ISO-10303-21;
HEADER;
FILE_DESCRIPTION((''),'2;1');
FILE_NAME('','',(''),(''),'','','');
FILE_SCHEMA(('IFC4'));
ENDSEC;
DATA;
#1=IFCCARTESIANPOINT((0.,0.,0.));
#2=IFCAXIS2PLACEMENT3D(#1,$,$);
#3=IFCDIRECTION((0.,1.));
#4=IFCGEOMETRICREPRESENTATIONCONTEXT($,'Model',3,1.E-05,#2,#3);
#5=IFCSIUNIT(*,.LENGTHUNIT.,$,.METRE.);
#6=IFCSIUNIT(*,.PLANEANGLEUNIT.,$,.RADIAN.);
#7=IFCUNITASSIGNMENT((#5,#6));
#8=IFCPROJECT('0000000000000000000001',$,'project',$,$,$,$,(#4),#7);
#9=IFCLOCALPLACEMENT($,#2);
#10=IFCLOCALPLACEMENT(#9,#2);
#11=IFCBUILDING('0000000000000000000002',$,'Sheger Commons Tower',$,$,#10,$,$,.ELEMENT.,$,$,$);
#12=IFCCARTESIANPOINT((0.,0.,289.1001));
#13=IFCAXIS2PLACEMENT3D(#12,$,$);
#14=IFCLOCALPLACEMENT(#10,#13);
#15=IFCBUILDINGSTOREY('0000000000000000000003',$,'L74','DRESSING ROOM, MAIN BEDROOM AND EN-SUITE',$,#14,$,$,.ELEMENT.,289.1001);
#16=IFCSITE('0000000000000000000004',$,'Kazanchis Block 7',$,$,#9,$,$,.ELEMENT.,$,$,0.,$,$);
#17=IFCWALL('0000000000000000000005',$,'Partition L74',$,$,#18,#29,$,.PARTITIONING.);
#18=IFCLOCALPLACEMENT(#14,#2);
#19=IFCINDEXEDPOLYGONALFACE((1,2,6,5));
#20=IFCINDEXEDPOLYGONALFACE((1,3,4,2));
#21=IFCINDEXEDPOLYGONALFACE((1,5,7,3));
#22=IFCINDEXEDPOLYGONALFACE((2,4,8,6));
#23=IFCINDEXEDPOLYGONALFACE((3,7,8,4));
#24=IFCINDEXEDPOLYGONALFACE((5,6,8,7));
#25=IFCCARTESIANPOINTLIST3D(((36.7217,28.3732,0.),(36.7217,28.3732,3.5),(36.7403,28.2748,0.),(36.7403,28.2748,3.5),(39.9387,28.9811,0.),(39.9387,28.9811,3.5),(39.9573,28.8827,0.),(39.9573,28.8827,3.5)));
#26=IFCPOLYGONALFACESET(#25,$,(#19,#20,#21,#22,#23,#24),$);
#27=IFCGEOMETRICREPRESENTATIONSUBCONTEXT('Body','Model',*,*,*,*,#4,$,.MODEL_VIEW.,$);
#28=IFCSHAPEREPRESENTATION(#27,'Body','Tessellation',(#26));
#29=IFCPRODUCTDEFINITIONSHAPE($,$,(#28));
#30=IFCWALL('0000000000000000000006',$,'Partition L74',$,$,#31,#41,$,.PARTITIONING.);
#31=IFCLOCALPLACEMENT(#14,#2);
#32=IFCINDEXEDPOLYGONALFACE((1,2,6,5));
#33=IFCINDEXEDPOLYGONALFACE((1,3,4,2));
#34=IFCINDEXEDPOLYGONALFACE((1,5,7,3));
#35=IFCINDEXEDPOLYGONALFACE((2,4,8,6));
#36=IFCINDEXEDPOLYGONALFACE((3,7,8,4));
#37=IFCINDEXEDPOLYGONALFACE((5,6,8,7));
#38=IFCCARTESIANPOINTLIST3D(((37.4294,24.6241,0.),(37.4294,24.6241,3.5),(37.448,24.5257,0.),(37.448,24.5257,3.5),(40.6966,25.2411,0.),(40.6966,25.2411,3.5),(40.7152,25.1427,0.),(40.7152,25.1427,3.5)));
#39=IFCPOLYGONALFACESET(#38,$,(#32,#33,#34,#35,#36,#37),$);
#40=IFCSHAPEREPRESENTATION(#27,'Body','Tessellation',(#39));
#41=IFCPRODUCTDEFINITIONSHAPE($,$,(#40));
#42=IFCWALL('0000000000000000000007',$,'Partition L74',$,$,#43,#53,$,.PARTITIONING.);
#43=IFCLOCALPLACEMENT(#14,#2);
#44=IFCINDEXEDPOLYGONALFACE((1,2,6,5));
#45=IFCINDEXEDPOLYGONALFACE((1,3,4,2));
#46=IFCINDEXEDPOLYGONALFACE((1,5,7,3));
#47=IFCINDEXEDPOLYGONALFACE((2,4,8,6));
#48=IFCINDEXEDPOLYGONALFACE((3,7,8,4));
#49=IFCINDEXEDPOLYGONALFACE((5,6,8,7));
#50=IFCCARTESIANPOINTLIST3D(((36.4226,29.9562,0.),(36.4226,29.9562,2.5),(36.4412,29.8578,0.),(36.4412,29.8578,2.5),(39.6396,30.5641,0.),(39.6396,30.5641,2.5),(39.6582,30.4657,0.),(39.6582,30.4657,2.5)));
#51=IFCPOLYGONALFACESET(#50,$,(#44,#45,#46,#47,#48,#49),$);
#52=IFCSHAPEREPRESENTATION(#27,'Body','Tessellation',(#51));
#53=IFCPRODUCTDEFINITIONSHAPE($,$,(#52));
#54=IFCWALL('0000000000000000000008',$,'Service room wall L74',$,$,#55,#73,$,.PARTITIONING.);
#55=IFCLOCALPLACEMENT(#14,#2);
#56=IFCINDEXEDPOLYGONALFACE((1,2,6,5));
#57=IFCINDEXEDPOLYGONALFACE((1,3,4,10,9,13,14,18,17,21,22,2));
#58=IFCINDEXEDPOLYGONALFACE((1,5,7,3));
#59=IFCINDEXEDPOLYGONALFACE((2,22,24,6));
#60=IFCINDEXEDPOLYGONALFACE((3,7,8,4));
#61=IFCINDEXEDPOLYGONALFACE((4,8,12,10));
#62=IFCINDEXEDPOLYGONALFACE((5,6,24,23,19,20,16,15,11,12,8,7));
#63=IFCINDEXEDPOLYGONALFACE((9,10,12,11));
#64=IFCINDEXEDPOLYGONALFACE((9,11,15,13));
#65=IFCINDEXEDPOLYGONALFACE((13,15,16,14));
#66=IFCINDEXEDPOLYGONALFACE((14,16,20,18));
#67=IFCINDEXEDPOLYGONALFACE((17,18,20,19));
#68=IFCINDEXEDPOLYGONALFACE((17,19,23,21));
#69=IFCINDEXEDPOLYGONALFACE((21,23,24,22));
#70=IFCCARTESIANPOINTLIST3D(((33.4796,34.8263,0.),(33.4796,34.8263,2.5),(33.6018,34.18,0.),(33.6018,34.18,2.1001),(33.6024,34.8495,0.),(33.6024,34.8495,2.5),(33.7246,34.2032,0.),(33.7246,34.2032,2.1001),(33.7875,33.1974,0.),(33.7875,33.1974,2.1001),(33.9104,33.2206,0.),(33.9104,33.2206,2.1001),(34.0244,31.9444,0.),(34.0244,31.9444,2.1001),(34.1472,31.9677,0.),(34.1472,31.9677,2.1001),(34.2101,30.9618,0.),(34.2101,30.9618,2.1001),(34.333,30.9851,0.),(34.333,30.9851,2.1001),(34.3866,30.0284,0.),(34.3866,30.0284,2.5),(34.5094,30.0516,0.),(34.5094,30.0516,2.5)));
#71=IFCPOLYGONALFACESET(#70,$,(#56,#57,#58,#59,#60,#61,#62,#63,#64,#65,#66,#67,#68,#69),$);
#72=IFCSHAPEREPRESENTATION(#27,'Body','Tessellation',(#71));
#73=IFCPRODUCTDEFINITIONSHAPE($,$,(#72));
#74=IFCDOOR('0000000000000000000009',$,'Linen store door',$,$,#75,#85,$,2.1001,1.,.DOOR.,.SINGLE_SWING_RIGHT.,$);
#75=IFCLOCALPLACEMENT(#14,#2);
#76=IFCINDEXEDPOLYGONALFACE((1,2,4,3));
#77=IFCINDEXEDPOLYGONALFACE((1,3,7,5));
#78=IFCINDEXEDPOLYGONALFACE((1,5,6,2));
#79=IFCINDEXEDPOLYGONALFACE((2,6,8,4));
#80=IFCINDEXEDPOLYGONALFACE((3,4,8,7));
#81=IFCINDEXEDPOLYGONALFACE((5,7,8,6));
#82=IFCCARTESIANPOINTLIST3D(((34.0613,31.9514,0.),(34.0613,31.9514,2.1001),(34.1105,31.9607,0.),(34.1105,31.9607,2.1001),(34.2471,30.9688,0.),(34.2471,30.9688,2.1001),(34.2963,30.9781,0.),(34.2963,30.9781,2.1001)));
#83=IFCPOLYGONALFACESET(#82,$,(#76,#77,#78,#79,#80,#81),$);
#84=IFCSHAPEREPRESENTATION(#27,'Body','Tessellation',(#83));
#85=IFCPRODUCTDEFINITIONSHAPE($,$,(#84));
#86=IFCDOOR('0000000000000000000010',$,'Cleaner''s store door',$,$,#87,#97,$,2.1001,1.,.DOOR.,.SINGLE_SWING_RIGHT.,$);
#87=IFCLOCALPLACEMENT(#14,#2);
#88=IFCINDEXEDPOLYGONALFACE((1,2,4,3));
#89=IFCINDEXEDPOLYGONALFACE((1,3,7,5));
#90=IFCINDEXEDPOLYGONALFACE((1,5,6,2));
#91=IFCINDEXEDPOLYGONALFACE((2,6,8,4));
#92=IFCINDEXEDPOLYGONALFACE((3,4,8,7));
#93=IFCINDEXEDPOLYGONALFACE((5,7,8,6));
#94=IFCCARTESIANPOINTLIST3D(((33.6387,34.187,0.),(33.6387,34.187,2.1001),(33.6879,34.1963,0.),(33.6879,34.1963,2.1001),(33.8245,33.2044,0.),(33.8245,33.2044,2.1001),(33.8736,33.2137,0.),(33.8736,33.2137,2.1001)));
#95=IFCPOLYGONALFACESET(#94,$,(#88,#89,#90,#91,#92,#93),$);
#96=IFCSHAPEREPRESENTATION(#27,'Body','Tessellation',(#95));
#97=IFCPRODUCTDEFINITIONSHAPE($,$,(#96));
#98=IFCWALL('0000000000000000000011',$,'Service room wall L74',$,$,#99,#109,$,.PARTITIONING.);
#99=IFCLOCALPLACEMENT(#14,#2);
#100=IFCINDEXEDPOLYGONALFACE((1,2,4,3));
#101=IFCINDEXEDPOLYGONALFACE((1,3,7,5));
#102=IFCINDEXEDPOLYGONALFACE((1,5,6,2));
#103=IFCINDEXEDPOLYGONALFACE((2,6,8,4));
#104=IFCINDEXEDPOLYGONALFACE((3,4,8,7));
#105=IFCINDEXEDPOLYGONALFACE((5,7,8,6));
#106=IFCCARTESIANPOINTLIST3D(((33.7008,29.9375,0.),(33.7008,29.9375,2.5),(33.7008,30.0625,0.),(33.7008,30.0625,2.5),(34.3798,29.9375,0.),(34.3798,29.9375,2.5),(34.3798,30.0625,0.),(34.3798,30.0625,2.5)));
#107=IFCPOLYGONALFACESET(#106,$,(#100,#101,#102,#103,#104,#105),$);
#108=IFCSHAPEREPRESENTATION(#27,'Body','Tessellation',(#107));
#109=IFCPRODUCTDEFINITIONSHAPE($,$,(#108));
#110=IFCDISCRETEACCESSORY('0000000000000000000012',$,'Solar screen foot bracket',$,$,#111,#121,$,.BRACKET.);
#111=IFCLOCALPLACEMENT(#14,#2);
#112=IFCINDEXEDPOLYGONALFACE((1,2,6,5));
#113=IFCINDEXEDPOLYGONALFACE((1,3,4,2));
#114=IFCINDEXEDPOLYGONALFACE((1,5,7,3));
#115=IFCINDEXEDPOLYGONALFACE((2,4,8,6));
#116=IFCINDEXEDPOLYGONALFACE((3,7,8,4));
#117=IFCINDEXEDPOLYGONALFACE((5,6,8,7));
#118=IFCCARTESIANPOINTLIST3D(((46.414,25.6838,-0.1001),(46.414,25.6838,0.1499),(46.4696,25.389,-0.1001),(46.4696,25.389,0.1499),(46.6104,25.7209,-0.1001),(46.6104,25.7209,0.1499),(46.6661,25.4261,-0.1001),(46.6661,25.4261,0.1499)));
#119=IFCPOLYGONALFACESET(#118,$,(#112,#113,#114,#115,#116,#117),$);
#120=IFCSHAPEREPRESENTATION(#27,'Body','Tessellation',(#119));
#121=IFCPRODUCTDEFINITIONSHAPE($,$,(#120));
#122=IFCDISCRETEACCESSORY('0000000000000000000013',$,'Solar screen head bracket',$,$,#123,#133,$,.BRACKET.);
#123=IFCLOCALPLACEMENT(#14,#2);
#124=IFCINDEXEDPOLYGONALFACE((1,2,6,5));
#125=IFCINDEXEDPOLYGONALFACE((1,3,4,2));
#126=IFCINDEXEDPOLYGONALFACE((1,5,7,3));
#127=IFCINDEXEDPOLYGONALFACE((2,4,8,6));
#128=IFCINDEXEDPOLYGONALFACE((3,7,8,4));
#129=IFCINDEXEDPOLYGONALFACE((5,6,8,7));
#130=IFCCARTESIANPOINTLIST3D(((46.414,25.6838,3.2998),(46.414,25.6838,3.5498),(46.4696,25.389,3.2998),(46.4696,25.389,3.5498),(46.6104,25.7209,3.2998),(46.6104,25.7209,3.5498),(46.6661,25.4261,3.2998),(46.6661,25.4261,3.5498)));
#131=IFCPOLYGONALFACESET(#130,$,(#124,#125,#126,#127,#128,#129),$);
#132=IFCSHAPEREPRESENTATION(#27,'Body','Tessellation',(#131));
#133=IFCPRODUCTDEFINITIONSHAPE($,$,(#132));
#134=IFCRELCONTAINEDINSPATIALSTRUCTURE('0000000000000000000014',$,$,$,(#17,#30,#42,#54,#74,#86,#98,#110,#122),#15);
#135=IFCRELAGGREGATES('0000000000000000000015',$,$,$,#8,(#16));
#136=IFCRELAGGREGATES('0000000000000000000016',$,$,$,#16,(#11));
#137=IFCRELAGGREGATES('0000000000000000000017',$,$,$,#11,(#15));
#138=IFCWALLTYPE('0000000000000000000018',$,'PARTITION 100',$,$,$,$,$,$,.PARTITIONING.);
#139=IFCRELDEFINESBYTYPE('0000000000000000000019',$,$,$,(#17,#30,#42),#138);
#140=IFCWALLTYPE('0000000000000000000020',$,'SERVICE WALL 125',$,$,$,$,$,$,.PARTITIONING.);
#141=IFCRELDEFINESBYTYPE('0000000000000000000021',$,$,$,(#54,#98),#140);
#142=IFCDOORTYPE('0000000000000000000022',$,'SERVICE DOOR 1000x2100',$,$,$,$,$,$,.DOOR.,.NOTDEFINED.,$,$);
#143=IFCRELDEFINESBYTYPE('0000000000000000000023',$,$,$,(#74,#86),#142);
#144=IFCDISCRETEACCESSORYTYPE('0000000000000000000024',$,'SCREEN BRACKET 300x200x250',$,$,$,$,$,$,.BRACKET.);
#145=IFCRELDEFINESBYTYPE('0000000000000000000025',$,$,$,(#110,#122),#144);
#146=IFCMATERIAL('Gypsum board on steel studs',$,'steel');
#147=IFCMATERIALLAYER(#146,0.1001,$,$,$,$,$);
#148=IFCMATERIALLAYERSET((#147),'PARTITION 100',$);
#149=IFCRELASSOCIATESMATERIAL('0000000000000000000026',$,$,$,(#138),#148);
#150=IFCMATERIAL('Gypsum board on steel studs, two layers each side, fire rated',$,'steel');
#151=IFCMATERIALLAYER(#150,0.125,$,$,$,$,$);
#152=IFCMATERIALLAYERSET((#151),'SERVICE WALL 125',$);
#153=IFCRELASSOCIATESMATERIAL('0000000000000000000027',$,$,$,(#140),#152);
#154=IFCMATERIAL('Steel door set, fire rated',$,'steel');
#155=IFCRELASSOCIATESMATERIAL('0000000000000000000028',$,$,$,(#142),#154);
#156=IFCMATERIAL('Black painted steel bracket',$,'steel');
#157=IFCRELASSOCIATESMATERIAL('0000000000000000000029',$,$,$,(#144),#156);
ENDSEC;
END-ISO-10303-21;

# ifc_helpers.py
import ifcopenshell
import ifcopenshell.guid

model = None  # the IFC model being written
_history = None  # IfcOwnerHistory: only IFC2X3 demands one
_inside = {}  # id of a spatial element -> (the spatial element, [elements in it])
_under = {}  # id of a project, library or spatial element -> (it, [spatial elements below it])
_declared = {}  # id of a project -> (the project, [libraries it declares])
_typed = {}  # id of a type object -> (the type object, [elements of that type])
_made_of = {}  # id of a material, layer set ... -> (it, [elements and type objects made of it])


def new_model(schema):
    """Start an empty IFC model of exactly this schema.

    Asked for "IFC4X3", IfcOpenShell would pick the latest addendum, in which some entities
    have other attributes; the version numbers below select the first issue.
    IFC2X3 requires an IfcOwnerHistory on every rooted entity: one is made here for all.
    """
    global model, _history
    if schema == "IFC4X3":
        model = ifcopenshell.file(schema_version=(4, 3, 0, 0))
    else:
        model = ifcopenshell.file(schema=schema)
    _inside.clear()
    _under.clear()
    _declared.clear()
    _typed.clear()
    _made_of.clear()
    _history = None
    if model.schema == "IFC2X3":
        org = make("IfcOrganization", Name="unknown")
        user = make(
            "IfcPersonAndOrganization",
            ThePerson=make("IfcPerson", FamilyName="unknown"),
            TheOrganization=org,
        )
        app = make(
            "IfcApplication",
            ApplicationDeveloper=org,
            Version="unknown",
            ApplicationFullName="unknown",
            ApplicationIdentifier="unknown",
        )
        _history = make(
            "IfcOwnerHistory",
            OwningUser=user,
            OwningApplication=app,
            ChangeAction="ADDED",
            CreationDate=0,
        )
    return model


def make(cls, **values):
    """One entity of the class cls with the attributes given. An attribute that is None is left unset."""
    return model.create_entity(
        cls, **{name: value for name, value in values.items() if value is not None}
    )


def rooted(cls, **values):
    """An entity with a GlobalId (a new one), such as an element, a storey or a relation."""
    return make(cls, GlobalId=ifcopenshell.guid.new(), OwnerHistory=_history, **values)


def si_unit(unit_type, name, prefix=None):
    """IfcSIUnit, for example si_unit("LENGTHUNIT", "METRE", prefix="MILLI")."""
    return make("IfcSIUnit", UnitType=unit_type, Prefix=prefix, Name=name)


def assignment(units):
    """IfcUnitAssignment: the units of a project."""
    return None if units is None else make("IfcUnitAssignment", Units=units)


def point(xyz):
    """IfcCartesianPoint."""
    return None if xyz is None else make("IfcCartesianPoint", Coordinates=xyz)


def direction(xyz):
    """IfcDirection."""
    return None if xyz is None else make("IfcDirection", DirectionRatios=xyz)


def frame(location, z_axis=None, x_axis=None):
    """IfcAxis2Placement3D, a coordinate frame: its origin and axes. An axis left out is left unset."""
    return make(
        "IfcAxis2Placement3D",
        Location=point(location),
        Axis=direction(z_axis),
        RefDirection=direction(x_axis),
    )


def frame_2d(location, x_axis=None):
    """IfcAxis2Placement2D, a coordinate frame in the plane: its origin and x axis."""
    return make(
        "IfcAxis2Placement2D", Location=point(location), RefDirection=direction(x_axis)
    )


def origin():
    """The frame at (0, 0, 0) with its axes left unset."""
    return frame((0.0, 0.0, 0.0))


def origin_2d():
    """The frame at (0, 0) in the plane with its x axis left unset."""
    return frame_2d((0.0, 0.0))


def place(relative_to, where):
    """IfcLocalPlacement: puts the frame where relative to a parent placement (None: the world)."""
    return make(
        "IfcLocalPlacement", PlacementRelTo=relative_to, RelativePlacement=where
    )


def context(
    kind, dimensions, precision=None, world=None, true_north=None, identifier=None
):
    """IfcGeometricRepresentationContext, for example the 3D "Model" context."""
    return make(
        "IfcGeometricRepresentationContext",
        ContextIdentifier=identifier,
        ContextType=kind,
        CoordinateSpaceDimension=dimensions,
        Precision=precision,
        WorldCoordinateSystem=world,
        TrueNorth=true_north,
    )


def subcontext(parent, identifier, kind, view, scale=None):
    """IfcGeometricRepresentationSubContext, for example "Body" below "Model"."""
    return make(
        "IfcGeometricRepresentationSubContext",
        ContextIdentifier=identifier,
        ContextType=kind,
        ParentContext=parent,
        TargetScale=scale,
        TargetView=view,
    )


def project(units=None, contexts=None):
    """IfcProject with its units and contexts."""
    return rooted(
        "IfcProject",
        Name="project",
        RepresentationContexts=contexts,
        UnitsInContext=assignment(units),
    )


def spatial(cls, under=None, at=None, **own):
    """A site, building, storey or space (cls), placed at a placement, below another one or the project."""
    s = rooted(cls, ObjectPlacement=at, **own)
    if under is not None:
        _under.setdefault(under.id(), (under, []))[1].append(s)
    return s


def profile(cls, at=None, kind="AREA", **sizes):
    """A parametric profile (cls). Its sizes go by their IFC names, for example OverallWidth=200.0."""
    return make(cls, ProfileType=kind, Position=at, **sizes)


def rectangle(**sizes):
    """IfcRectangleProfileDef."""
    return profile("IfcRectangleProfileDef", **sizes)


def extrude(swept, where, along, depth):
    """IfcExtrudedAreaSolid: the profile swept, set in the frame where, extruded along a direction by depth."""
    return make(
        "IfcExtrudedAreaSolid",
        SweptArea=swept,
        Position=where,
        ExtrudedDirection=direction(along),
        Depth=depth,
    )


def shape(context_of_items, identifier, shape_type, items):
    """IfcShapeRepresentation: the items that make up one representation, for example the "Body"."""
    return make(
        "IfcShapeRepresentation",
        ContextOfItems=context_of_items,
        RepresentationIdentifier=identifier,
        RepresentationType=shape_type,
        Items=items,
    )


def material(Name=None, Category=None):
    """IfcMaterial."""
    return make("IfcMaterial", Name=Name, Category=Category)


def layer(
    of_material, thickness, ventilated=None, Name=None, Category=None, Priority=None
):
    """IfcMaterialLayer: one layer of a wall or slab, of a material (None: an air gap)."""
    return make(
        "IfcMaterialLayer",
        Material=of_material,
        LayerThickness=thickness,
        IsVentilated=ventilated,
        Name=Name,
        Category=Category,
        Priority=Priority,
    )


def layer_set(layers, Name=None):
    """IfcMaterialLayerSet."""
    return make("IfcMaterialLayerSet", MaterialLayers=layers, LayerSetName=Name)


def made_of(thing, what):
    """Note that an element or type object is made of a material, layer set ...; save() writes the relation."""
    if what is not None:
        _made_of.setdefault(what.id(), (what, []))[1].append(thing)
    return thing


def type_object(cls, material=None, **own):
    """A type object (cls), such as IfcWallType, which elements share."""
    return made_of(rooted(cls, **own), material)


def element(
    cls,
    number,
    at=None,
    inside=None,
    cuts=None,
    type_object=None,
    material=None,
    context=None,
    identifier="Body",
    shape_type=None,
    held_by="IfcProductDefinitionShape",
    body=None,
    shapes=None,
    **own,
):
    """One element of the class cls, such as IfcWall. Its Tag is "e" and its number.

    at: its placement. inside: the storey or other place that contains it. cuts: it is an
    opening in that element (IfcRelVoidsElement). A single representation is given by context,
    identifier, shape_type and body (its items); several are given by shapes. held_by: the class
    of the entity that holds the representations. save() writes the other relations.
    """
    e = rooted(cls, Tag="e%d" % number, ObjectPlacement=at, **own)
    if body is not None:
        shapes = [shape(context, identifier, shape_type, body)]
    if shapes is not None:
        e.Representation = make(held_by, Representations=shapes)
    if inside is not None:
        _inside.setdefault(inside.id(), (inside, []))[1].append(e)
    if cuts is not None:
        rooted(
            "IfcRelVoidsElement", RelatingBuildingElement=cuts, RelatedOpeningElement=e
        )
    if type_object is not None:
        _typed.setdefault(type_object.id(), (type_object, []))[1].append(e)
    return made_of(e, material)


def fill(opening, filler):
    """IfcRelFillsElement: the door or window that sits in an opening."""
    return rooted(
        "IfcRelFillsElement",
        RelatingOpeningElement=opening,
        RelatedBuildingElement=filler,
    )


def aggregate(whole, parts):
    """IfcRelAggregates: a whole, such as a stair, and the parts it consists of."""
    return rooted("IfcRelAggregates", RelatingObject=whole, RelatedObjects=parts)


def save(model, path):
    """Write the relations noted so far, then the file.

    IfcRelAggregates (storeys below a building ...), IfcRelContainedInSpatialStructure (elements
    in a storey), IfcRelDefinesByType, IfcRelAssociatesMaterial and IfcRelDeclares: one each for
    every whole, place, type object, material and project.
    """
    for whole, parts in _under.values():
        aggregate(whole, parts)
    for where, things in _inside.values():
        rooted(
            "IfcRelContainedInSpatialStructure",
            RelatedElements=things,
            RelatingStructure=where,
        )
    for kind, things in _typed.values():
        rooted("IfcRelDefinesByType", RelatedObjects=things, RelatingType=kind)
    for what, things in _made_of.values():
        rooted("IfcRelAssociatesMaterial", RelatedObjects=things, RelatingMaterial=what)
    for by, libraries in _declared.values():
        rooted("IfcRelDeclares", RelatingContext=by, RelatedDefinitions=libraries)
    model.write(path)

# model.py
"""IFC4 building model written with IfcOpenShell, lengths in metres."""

from ifc_helpers import new_model, si_unit, direction, frame, frame_2d, origin, origin_2d, place, context, subcontext, project, spatial, rectangle, extrude, material, layer, layer_set, type_object, element, fill, save


model = new_model("IFC4")

# Units and contexts
model_context = context("Model", 3, precision=1e-05, world=origin(), true_north=direction((0.0, 1.0)))
body_context = subcontext(model_context, "Body", "Model", "MODEL_VIEW")
ifc_project = project(units=[si_unit("LENGTHUNIT", "METRE"), si_unit("PLANEANGLEUNIT", "RADIAN")], contexts=[model_context])

# Site, building, storey
site_placement = place(None, origin())
site = spatial("IfcSite", under=ifc_project, at=site_placement, Name="Kazanchis Block 7", CompositionType="ELEMENT", RefElevation=0.0)
building_placement = place(site_placement, origin())
building = spatial("IfcBuilding", under=site, at=building_placement, Name="Sheger Commons Tower", CompositionType="ELEMENT")
storey_placement = place(building_placement, frame((0.0, 0.0, 289.1001)))
storey = spatial("IfcBuildingStorey", under=building, at=storey_placement, Name="L74", Description="DRESSING ROOM, MAIN BEDROOM AND EN-SUITE", CompositionType="ELEMENT", Elevation=289.1001)

# Walls
ifc_material_1 = material(Name="Gypsum board on steel studs", Category="steel")
ifc_layer_1 = layer(ifc_material_1, 0.1001)
ifc_layer_set_1 = layer_set([ifc_layer_1], Name="PARTITION 100")
wall_type_1 = type_object("IfcWallType", Name="PARTITION 100", PredefinedType="PARTITIONING", material=ifc_layer_set_1)
wall_1_placement = place(storey_placement, frame((39.948, 28.9319, 0.0), z_axis=(0.0, 0.0, 1.0), x_axis=(-0.98261, -0.18568, 0.0)))
element("IfcWall", 1, at=wall_1_placement, inside=storey, type_object=wall_type_1, Name="Partition L74", PredefinedType="PARTITIONING", context=body_context, shape_type="SweptSolid", body=[
    extrude(rectangle(XDim=3.2739, YDim=0.1001, at=frame_2d((1.637, 0.0))), origin(), (0.0, 0.0, 1.0), 3.5),
])
wall_2_placement = place(storey_placement, frame((40.7061, 25.1919, 0.0), z_axis=(0.0, 0.0, 1.0), x_axis=(-0.982634, -0.185556, 0.0)))
element("IfcWall", 2, at=wall_2_placement, inside=storey, type_object=wall_type_1, Name="Partition L74", PredefinedType="PARTITIONING", context=body_context, shape_type="SweptSolid", body=[
    extrude(rectangle(XDim=3.325, YDim=0.1001, at=frame_2d((1.6626, 0.0))), origin(), (0.0, 0.0, 1.0), 3.5),
])
wall_3_placement = place(storey_placement, frame((39.6489, 30.5149, 0.0), z_axis=(0.0, 0.0, 1.0), x_axis=(-0.98261, -0.18568, 0.0)))
element("IfcWall", 3, at=wall_3_placement, inside=storey, type_object=wall_type_1, Name="Partition L74", PredefinedType="PARTITIONING", context=body_context, shape_type="SweptSolid", body=[
    extrude(rectangle(XDim=3.2739, YDim=0.1001, at=frame_2d((1.637, 0.0))), origin(), (0.0, 0.0, 1.0), 2.5),
])

# Wall, openings, doors
ifc_material_2 = material(Name="Gypsum board on steel studs, two layers each side, fire rated", Category="steel")
ifc_layer_2 = layer(ifc_material_2, 0.125)
ifc_layer_set_2 = layer_set([ifc_layer_2], Name="SERVICE WALL 125")
wall_type_2 = type_object("IfcWallType", Name="SERVICE WALL 125", PredefinedType="PARTITIONING", material=ifc_layer_set_2)
wall_4_placement = place(storey_placement, frame((34.448, 30.04, 0.0), z_axis=(0.0, 0.0, 1.0), x_axis=(-0.185749, 0.982597, 0.0)))
wall_4 = element("IfcWall", 4, at=wall_4_placement, inside=storey, type_object=wall_type_2, Name="Service room wall L74", PredefinedType="PARTITIONING", context=body_context, shape_type="SweptSolid", body=[
    extrude(rectangle(XDim=4.8828, YDim=0.125, at=frame_2d((2.4414, 0.0))), origin(), (0.0, 0.0, 1.0), 2.5),
])
opening_1_placement = place(wall_4_placement, frame((0.95, 0.0, 0.0)))
opening_1 = element("IfcOpeningElement", 5, at=opening_1_placement, cuts=wall_4, PredefinedType="OPENING", context=body_context, shape_type="SweptSolid", body=[
    extrude(rectangle(XDim=1.0, YDim=2.1001, at=frame_2d((0.5, 1.05))), frame((0.0, 0.0725, 0.0), z_axis=(0.0, -1.0, 0.0), x_axis=(1.0, 0.0, 0.0)), (0.0, 0.0, 1.0), 0.145),
])
opening_2_placement = place(wall_4_placement, frame((3.2251, 0.0, 0.0)))
opening_2 = element("IfcOpeningElement", 6, at=opening_2_placement, cuts=wall_4, PredefinedType="OPENING", context=body_context, shape_type="SweptSolid", body=[
    extrude(rectangle(XDim=1.0, YDim=2.1001, at=frame_2d((0.5, 1.05))), frame((0.0, 0.0725, 0.0), z_axis=(0.0, -1.0, 0.0), x_axis=(1.0, 0.0, 0.0)), (0.0, 0.0, 1.0), 0.145),
])
ifc_material_3 = material(Name="Steel door set, fire rated", Category="steel")
door_type = type_object("IfcDoorType", Name="SERVICE DOOR 1000x2100", OperationType="NOTDEFINED", PredefinedType="DOOR", material=ifc_material_3)
door_1_placement = place(opening_1_placement, origin())
door_1 = element("IfcDoor", 7, at=door_1_placement, inside=storey, type_object=door_type, Name="Linen store door", OperationType="SINGLE_SWING_RIGHT", OverallHeight=2.1001, OverallWidth=1.0, PredefinedType="DOOR", context=body_context, shape_type="SweptSolid", body=[
    extrude(rectangle(XDim=1.0, YDim=2.1001, at=frame_2d((0.5, 1.05))), frame((0.0, 0.0249, 0.0), z_axis=(0.0, -1.0, 0.0), x_axis=(1.0, 0.0, 0.0)), (0.0, 0.0, 1.0), 0.05),
])
fill(opening_1, door_1)
door_2_placement = place(opening_2_placement, origin())
door_2 = element("IfcDoor", 8, at=door_2_placement, inside=storey, type_object=door_type, Name="Cleaner's store door", OperationType="SINGLE_SWING_RIGHT", OverallHeight=2.1001, OverallWidth=1.0, PredefinedType="DOOR", context=body_context, shape_type="SweptSolid", body=[
    extrude(rectangle(XDim=1.0, YDim=2.1001, at=frame_2d((0.5, 1.05))), frame((0.0, 0.0249, 0.0), z_axis=(0.0, -1.0, 0.0), x_axis=(1.0, 0.0, 0.0)), (0.0, 0.0, 1.0), 0.05),
])
fill(opening_2, door_2)

# Wall
wall_5_placement = place(storey_placement, frame((33.7009, 30.0, 0.0), z_axis=(0.0, 0.0, 1.0), x_axis=(1.0, 0.0, 0.0)))
element("IfcWall", 9, at=wall_5_placement, inside=storey, type_object=wall_type_2, Name="Service room wall L74", PredefinedType="PARTITIONING", context=body_context, shape_type="SweptSolid", body=[
    extrude(rectangle(XDim=0.679, YDim=0.125, at=frame_2d((0.3394, 0.0))), origin(), (0.0, 0.0, 1.0), 2.5),
])

# Discrete accessories
ifc_material_4 = material(Name="Black painted steel bracket", Category="steel")
discrete_accessory_type = type_object("IfcDiscreteAccessoryType", Name="SCREEN BRACKET 300x200x250", PredefinedType="BRACKET", material=ifc_material_4)
for number, where, z_axis, x_axis, name in (
    (10, (46.54, 25.5549, -0.1001), (0.0, 0.0, 1.0), (-0.185615, 0.982623, 0.0), "Solar screen foot bracket"),
    (11, (46.54, 25.5549, 3.2998), (0.0, 0.0, 1.0), (-0.185615, 0.982623, 0.0), "Solar screen head bracket"),
):
    element("IfcDiscreteAccessory", number, at=place(storey_placement, frame(where, z_axis=z_axis, x_axis=x_axis)), inside=storey, type_object=discrete_accessory_type, Name=name, PredefinedType="BRACKET", context=body_context, shape_type="SweptSolid", body=[
        extrude(rectangle(XDim=0.3, YDim=0.2, at=origin_2d()), origin(), (0.0, 0.0, 1.0), 0.25),
    ])

save(model, "model.ifc")
